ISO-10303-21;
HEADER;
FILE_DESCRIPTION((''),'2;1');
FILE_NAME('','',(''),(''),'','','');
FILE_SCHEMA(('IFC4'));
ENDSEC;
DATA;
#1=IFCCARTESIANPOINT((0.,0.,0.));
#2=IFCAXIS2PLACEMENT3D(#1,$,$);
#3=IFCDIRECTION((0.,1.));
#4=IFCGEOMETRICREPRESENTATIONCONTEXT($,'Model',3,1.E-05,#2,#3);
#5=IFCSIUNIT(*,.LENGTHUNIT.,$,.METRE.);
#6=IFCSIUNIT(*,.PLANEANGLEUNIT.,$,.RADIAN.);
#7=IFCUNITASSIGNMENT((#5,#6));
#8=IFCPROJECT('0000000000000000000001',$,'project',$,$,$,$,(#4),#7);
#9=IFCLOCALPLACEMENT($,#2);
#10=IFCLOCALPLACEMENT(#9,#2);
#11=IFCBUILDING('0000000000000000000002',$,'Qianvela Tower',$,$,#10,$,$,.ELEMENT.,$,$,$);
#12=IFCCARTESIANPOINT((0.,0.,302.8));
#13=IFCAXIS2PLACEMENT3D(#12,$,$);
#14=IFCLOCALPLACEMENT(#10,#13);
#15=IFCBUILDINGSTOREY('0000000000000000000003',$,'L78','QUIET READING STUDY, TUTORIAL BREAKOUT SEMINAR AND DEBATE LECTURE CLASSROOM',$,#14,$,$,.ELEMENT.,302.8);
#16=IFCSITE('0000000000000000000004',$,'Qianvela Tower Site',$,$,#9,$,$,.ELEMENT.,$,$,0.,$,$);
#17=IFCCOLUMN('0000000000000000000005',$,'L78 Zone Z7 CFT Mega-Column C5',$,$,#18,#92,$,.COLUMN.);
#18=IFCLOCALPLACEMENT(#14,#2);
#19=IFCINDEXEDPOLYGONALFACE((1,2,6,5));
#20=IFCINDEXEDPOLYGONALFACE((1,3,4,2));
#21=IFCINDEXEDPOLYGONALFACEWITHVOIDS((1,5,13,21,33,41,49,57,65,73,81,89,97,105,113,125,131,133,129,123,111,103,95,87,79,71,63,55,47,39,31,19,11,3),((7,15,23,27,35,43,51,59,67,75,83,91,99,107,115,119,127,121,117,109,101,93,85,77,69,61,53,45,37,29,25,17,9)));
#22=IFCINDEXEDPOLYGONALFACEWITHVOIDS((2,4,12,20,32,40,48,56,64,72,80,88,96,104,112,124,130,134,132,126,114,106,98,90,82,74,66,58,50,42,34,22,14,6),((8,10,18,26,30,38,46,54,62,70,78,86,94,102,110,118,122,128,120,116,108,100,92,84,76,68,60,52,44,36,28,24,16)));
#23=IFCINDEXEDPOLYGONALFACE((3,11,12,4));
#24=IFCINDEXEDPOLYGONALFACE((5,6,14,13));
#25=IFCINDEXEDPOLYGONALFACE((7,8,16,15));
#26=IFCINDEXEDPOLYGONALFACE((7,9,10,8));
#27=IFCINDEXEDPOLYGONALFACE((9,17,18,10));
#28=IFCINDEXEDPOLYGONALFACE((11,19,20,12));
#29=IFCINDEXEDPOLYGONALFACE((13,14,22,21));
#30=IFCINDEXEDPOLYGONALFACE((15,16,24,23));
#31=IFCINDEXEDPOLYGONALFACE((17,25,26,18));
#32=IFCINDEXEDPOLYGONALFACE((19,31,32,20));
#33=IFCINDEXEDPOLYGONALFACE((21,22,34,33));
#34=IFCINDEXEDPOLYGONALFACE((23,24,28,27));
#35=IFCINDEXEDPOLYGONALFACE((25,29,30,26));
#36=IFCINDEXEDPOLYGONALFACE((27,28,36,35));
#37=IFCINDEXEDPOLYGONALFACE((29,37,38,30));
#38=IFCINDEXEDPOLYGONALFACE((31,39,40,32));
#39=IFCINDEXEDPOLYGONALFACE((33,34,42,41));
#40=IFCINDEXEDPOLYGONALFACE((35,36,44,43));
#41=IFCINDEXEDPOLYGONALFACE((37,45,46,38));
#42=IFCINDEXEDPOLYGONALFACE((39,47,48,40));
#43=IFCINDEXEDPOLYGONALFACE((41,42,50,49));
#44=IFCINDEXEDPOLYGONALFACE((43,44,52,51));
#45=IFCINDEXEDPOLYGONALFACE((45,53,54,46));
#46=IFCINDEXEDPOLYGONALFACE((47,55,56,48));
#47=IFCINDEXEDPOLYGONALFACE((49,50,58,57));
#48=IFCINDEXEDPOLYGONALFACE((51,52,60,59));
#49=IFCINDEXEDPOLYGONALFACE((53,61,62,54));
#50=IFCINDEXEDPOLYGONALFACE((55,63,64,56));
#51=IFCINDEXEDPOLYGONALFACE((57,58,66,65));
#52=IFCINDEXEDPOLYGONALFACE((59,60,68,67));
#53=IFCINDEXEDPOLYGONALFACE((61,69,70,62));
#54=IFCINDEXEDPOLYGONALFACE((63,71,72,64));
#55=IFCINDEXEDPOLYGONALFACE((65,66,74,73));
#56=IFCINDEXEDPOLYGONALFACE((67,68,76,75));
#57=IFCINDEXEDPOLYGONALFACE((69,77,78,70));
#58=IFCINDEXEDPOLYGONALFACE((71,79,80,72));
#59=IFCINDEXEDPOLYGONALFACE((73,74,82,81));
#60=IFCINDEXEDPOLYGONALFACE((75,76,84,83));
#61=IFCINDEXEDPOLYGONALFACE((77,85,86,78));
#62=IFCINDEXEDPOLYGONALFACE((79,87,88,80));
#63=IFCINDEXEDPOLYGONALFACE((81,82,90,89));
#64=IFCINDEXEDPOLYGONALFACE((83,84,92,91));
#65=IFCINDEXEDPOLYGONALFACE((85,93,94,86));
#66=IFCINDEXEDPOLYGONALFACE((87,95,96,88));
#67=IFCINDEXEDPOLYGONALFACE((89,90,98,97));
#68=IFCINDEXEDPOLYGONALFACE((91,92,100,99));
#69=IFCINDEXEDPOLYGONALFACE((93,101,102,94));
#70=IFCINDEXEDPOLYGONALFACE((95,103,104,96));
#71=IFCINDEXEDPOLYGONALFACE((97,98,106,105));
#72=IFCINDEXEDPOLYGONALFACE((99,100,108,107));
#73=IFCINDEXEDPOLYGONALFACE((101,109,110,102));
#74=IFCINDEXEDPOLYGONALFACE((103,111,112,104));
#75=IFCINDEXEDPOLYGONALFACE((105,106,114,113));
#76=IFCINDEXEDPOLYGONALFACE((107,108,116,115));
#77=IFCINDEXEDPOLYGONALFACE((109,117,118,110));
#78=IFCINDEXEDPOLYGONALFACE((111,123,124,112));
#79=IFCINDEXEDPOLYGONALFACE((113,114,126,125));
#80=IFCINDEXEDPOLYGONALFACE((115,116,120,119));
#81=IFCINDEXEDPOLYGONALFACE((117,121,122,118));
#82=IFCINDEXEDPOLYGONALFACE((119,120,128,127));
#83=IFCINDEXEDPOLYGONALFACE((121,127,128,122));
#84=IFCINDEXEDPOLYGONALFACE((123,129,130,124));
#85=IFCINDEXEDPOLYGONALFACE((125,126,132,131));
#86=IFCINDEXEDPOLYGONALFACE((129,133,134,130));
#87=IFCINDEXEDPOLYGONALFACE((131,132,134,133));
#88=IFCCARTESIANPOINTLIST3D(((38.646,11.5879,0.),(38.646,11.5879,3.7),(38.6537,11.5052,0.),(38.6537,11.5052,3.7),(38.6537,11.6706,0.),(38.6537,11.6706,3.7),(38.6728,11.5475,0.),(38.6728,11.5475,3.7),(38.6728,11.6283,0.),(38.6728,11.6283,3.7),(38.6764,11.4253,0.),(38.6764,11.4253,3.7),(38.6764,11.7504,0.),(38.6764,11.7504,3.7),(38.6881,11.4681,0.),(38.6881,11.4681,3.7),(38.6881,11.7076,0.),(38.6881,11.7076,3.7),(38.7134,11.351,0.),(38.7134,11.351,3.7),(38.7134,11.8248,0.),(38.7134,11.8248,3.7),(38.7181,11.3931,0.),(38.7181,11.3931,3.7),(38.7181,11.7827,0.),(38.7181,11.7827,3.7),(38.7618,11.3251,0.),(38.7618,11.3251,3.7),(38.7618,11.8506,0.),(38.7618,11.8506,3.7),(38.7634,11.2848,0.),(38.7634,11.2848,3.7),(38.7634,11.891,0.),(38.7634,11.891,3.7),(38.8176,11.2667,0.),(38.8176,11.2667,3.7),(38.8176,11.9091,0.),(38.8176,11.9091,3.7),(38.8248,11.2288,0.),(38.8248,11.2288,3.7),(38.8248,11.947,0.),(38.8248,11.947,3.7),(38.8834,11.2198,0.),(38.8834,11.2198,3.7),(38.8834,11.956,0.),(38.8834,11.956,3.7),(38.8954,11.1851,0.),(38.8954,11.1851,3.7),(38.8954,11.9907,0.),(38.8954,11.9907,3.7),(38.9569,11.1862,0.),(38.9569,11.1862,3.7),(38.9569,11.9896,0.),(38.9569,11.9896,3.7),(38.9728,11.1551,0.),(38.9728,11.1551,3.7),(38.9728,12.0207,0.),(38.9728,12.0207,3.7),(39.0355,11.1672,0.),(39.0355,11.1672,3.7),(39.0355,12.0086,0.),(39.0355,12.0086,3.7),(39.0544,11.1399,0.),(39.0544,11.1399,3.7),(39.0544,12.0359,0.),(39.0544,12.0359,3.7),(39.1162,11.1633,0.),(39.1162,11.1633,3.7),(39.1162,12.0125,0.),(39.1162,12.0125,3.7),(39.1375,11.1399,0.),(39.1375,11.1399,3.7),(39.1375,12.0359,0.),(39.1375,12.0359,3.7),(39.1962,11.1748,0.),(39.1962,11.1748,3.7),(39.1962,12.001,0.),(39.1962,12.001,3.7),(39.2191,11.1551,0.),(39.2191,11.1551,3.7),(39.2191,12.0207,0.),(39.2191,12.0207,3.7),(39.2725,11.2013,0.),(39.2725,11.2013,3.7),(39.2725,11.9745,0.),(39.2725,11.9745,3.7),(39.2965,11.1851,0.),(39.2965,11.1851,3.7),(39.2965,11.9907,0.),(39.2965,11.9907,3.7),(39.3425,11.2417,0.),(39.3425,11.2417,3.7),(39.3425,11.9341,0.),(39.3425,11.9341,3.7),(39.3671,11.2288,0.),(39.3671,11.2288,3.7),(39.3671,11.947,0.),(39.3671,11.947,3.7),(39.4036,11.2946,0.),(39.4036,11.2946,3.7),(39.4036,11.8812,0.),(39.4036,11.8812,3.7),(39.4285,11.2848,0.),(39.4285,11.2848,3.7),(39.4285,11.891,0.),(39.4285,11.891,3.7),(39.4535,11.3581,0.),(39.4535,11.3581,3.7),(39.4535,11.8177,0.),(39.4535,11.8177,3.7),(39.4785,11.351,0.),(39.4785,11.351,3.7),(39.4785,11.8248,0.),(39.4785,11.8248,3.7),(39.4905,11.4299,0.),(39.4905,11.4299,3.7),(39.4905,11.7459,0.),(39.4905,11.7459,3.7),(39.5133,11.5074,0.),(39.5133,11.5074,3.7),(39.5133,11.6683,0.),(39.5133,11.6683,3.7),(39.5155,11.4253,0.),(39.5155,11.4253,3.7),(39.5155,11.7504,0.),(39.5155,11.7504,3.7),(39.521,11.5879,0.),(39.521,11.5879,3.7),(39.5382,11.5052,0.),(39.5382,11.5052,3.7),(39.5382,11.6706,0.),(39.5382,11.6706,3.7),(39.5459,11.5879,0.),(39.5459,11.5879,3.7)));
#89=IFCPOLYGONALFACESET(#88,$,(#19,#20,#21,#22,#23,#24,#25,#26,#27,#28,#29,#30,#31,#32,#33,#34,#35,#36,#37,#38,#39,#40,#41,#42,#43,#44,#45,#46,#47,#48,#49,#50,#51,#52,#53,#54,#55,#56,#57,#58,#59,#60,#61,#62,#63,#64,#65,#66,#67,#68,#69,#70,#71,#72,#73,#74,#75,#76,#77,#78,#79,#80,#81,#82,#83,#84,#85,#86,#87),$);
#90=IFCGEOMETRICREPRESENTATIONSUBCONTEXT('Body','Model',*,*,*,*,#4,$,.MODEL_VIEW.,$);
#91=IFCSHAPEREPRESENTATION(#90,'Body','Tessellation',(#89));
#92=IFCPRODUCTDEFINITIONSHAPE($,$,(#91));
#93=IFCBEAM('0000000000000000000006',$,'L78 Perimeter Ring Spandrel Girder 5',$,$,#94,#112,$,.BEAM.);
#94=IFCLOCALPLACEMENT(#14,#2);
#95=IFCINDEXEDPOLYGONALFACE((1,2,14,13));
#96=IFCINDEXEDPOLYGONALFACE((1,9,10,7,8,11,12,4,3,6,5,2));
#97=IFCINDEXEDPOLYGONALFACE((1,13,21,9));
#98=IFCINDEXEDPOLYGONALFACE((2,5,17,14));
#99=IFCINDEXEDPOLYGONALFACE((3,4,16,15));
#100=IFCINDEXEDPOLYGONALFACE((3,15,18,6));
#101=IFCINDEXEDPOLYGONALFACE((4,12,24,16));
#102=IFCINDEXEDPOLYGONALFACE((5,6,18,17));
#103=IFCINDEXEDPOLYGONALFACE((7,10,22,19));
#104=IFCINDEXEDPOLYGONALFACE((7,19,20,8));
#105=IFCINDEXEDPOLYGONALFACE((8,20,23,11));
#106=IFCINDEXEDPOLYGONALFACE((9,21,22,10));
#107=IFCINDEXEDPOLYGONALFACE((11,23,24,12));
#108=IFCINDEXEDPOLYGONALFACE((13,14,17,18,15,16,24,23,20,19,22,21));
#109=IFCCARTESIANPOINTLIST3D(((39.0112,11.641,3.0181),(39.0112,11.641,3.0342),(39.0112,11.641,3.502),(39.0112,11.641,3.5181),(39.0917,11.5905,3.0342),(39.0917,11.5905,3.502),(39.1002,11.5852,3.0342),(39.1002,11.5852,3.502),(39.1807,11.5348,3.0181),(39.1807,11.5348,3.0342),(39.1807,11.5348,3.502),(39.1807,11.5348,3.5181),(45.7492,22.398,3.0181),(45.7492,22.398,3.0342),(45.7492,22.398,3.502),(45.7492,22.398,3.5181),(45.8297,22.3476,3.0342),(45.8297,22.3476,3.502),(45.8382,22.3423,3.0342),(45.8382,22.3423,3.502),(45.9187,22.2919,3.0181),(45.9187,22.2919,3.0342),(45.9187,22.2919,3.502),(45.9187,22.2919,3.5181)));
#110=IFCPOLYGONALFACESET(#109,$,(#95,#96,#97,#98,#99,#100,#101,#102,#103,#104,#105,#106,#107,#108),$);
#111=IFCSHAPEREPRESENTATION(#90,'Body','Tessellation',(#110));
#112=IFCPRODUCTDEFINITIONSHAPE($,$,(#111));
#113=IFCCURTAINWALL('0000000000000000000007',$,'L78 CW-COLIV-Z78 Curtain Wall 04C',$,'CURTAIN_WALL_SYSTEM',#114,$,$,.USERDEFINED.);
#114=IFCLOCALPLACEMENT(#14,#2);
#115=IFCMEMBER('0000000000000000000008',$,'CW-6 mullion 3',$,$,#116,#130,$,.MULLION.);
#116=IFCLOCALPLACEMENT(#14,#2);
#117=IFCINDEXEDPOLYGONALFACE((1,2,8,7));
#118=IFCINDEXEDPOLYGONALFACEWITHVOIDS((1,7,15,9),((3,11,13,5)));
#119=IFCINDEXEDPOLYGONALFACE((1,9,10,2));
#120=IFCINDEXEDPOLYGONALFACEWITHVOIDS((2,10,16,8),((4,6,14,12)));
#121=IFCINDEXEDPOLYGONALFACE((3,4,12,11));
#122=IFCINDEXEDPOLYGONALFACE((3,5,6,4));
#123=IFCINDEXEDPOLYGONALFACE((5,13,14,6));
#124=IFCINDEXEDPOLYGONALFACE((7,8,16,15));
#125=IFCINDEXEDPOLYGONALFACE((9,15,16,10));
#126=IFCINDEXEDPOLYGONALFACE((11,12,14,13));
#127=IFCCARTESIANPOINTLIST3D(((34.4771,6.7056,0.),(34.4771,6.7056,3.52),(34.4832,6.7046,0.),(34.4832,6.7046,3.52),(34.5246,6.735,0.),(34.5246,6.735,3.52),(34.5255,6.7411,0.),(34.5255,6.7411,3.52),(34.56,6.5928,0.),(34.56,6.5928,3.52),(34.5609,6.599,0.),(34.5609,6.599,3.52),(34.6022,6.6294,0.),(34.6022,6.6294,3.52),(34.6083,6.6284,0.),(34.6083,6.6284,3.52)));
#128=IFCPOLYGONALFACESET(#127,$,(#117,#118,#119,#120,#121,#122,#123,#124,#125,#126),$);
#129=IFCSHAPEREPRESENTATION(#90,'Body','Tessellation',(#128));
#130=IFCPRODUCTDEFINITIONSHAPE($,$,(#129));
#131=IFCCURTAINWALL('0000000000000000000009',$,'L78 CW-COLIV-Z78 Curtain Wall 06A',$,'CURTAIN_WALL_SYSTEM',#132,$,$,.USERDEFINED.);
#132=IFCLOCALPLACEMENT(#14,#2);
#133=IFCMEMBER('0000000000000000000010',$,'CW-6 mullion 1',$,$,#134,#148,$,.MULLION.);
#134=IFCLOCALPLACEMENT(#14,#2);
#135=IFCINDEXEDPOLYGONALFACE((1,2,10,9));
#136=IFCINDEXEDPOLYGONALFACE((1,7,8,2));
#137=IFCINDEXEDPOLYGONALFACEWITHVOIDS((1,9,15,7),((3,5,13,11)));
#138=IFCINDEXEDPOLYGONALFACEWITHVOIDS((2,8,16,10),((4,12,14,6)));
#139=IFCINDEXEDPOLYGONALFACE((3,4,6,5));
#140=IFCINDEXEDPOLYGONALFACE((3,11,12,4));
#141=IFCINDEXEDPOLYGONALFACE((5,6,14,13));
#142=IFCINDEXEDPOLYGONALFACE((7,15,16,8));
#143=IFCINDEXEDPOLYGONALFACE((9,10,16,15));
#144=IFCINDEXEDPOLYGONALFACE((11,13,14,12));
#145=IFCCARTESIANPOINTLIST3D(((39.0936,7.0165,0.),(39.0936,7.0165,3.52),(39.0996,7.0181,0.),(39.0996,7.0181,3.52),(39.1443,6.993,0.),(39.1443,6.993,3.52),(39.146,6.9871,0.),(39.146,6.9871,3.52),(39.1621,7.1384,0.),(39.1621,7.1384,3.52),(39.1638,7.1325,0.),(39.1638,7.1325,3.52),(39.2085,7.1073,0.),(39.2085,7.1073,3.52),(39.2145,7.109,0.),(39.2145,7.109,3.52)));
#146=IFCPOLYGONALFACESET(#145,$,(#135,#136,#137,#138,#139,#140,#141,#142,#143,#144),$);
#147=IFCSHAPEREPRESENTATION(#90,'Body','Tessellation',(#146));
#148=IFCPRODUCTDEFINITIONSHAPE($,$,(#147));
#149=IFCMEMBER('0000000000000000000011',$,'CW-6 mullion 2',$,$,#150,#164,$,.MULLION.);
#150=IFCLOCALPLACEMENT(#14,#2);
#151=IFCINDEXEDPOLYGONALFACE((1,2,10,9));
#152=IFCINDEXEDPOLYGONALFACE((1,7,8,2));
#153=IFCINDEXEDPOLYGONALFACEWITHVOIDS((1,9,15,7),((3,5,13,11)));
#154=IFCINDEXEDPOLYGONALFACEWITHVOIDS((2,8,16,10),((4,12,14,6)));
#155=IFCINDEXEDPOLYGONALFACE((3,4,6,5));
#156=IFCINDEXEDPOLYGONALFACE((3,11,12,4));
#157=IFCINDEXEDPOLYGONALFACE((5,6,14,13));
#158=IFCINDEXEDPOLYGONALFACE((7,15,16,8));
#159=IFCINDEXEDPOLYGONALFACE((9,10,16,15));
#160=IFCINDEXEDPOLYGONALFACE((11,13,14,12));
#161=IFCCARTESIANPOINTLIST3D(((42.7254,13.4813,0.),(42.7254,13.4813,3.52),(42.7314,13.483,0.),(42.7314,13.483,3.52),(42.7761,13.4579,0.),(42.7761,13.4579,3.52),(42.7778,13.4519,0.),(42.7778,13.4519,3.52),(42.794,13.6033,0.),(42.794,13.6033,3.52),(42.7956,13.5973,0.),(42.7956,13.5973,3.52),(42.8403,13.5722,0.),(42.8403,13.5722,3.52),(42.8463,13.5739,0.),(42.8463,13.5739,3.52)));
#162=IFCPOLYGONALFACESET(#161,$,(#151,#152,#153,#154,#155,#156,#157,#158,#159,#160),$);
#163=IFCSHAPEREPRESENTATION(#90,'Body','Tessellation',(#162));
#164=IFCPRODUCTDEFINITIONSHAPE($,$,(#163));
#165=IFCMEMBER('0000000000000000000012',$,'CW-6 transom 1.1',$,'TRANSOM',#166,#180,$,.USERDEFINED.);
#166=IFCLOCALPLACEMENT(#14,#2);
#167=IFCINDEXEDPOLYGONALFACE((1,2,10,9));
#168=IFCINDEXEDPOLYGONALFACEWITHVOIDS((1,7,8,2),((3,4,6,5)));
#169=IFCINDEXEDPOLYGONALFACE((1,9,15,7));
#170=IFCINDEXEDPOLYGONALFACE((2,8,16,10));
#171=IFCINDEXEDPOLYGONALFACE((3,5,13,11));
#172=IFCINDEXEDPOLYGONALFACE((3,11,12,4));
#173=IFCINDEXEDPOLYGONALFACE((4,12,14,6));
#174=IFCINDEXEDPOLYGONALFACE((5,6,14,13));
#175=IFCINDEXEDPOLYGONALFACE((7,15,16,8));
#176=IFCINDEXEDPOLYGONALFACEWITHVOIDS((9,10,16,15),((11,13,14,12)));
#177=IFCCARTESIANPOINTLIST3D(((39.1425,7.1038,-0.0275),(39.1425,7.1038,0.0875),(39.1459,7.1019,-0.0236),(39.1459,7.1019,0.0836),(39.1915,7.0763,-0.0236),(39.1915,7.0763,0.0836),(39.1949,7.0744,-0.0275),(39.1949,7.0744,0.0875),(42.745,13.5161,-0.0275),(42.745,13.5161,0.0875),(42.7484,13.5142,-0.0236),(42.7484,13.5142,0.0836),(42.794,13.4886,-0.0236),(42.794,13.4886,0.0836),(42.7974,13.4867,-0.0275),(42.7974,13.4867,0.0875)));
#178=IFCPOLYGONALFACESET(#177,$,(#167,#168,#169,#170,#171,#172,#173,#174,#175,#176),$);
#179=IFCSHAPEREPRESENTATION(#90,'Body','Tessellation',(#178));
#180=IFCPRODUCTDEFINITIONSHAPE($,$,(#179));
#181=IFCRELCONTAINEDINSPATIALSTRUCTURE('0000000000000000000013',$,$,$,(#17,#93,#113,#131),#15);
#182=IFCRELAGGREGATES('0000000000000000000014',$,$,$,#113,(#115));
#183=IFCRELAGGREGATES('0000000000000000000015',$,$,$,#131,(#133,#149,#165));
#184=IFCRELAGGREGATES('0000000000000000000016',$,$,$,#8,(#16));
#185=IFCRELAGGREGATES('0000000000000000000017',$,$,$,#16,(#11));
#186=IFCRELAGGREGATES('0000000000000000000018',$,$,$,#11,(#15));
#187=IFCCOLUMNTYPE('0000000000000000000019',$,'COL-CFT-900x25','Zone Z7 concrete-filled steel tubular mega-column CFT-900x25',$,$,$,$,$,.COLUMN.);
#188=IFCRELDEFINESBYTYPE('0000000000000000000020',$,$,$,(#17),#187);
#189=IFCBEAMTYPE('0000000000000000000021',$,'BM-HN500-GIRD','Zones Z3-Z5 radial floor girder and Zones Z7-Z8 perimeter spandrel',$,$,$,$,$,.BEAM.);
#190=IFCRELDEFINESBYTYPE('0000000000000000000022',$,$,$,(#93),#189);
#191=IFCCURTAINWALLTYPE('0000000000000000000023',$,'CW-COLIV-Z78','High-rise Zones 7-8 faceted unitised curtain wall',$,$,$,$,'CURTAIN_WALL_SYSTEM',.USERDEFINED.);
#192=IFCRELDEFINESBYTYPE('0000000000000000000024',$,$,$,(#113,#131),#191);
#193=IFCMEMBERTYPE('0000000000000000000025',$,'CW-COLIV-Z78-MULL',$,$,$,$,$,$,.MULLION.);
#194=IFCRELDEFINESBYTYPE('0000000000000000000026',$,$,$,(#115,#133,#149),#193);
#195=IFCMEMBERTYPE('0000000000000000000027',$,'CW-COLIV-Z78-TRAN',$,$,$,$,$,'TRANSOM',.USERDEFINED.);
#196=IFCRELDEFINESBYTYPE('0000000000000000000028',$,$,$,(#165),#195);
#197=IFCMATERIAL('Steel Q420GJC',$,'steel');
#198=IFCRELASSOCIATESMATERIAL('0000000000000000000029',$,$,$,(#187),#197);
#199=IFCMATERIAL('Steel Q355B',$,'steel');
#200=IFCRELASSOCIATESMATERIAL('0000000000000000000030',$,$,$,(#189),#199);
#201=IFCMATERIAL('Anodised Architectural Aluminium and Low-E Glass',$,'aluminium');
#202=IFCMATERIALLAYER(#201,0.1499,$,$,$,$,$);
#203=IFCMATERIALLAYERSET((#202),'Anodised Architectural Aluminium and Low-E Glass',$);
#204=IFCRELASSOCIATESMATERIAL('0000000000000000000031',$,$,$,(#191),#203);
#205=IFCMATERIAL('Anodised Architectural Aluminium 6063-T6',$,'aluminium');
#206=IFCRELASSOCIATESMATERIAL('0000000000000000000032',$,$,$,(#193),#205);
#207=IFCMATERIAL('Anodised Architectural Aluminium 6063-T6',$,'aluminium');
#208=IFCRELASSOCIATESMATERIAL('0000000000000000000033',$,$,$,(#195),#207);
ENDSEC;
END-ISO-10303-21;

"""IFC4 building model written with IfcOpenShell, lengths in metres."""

from ifc_helpers import new_model, si_unit, direction, frame, origin, origin_2d, place, context, subcontext, project, spatial, hollow_rectangle, hollow_circle, i_section, extrude, material, layer, layer_set, material_profile, profile_set, type_object, element, aggregate, save


model = new_model("IFC4")

# Units and contexts
model_context = context("Model", 3, precision=1e-05, world=origin(), true_north=direction((0.0, 1.0)))
body_context = subcontext(model_context, "Body", "Model", "MODEL_VIEW")
ifc_project = project(units=[si_unit("LENGTHUNIT", "METRE"), si_unit("PLANEANGLEUNIT", "RADIAN")], contexts=[model_context])

# Site, building, storey
site_placement = place(None, origin())
site = spatial("IfcSite", under=ifc_project, at=site_placement, Name="Qianvela Tower Site", CompositionType="ELEMENT", RefElevation=0.0)
building_placement = place(site_placement, origin())
building = spatial("IfcBuilding", under=site, at=building_placement, Name="Qianvela Tower", CompositionType="ELEMENT")
storey_placement = place(building_placement, frame((0.0, 0.0, 302.8)))
storey = spatial("IfcBuildingStorey", under=building, at=storey_placement, Name="L78", Description="QUIET READING STUDY, TUTORIAL BREAKOUT SEMINAR AND DEBATE LECTURE CLASSROOM", CompositionType="ELEMENT", Elevation=302.8)

# Column
ifc_material_1 = material(Name="Steel Q420GJC", Category="steel")
ifc_material_profile_1 = material_profile(ifc_material_1, hollow_circle(Radius=0.45, WallThickness=0.0249, at=origin_2d()), Name="CFT-900x25")
ifc_profile_set_1 = profile_set([ifc_material_profile_1], Name="Steel Q420GJC")
column_type = type_object("IfcColumnType", Name="COL-CFT-900x25", Description="Zone Z7 concrete-filled steel tubular mega-column CFT-900x25", PredefinedType="COLUMN", material=ifc_profile_set_1)
column_placement = place(storey_placement, frame((39.0959, 11.5879, 0.0), z_axis=(0.0, 0.0, 1.0), x_axis=(1.0, 0.0, 0.0)))
element("IfcColumn", 1, at=column_placement, inside=storey, type_object=column_type, Name="L78 Zone Z7 CFT Mega-Column C5", PredefinedType="COLUMN", context=body_context, shape_type="SweptSolid", body=[
    extrude(hollow_circle(Radius=0.45, WallThickness=0.0249, at=origin_2d()), origin(), (0.0, 0.0, 1.0), 3.7),
])

# Beam
ifc_material_2 = material(Name="Steel Q355B", Category="steel")
ifc_material_profile_2 = material_profile(ifc_material_2, i_section(OverallWidth=0.2, OverallDepth=0.5, WebThickness=0.01, FlangeThickness=0.0161, at=origin_2d()), Name="HN500x200x10x16")
ifc_profile_set_2 = profile_set([ifc_material_profile_2], Name="Steel Q355B")
beam_type = type_object("IfcBeamType", Name="BM-HN500-GIRD", Description="Zones Z3-Z5 radial floor girder and Zones Z7-Z8 perimeter spandrel", PredefinedType="BEAM", material=ifc_profile_set_2)
beam_placement = place(storey_placement, frame((39.0959, 11.5879, 3.2681), z_axis=(0.530841, 0.847472, 0.0), x_axis=(-0.847472, 0.530841, 0.0)))
element("IfcBeam", 2, at=beam_placement, inside=storey, type_object=beam_type, Name="L78 Perimeter Ring Spandrel Girder 5", PredefinedType="BEAM", context=body_context, shape_type="SweptSolid", body=[
    extrude(i_section(OverallWidth=0.2, OverallDepth=0.5, WebThickness=0.01, FlangeThickness=0.0161, at=origin_2d()), origin(), (0.0, 0.0, 1.0), 12.6931),
])

# Curtain wall, member
ifc_material_3 = material(Name="Anodised Architectural Aluminium and Low-E Glass", Category="aluminium")
ifc_layer_1 = layer(ifc_material_3, 0.1499)
ifc_layer_set_1 = layer_set([ifc_layer_1], Name="Anodised Architectural Aluminium and Low-E Glass")
curtain_wall_type = type_object("IfcCurtainWallType", Name="CW-COLIV-Z78", Description="High-rise Zones 7-8 faceted unitised curtain wall", ElementType="CURTAIN_WALL_SYSTEM", PredefinedType="USERDEFINED", material=ifc_layer_set_1)
curtain_wall_1_placement = place(storey_placement, origin())
curtain_wall_1 = element("IfcCurtainWall", 3, at=curtain_wall_1_placement, inside=storey, type_object=curtain_wall_type, Name="L78 CW-COLIV-Z78 Curtain Wall 04C", ObjectType="CURTAIN_WALL_SYSTEM", PredefinedType="USERDEFINED")
ifc_material_4 = material(Name="Anodised Architectural Aluminium 6063-T6", Category="aluminium")
ifc_material_profile_3 = material_profile(ifc_material_4, hollow_rectangle(XDim=0.0601, YDim=0.1399, WallThickness=0.0044, at=origin_2d()), Name="ALU-MULL-60x140")
ifc_profile_set_3 = profile_set([ifc_material_profile_3], Name="Anodised Architectural Aluminium 6063-T6")
member_type_1 = type_object("IfcMemberType", Name="CW-COLIV-Z78-MULL", PredefinedType="MULLION", material=ifc_profile_set_3)
member_1_placement = place(storey_placement, frame((34.5427, 6.667, 0.0), z_axis=(0.0, 0.0, 1.0), x_axis=(0.805722, 0.592294, 0.0)))
member_1 = element("IfcMember", 4, at=member_1_placement, type_object=member_type_1, Name="CW-6 mullion 3", PredefinedType="MULLION", context=body_context, shape_type="SweptSolid", body=[
    extrude(hollow_rectangle(XDim=0.0601, YDim=0.1399, WallThickness=0.0044, at=origin_2d()), origin(), (0.0, 0.0, 1.0), 3.52),
])
aggregate(curtain_wall_1, [member_1])

# Curtain wall, members
curtain_wall_2_placement = place(storey_placement, origin())
curtain_wall_2 = element("IfcCurtainWall", 5, at=curtain_wall_2_placement, inside=storey, type_object=curtain_wall_type, Name="L78 CW-COLIV-Z78 Curtain Wall 06A", ObjectType="CURTAIN_WALL_SYSTEM", PredefinedType="USERDEFINED")
member_2_placement = place(storey_placement, frame((39.1541, 7.0627, 0.0), z_axis=(0.0, 0.0, 1.0), x_axis=(-0.87184, 0.489791, 0.0)))
member_2 = element("IfcMember", 6, at=member_2_placement, type_object=member_type_1, Name="CW-6 mullion 1", PredefinedType="MULLION", context=body_context, shape_type="SweptSolid", body=[
    extrude(hollow_rectangle(XDim=0.0601, YDim=0.1399, WallThickness=0.0044, at=origin_2d()), origin(), (0.0, 0.0, 1.0), 3.52),
])
member_3_placement = place(storey_placement, frame((42.7859, 13.5276, 0.0), z_axis=(0.0, 0.0, 1.0), x_axis=(-0.87184, 0.489791, 0.0)))
member_3 = element("IfcMember", 7, at=member_3_placement, type_object=member_type_1, Name="CW-6 mullion 2", PredefinedType="MULLION", context=body_context, shape_type="SweptSolid", body=[
    extrude(hollow_rectangle(XDim=0.0601, YDim=0.1399, WallThickness=0.0044, at=origin_2d()), origin(), (0.0, 0.0, 1.0), 3.52),
])
ifc_material_5 = material(Name="Anodised Architectural Aluminium 6063-T6", Category="aluminium")
ifc_material_profile_4 = material_profile(ifc_material_5, hollow_rectangle(XDim=0.0601, YDim=0.115, WallThickness=0.0039, at=origin_2d()), Name="ALU-TRAN-60x115")
ifc_profile_set_4 = profile_set([ifc_material_profile_4], Name="Anodised Architectural Aluminium 6063-T6")
member_type_2 = type_object("IfcMemberType", Name="CW-COLIV-Z78-TRAN", ElementType="TRANSOM", PredefinedType="USERDEFINED", material=ifc_profile_set_4)
member_4_placement = place(storey_placement, frame((39.1687, 7.0891, 0.03), z_axis=(0.489806, 0.871832, 0.0), x_axis=(-0.871832, 0.489806, 0.0)))
member_4 = element("IfcMember", 8, at=member_4_placement, type_object=member_type_2, Name="CW-6 transom 1.1", ObjectType="TRANSOM", PredefinedType="USERDEFINED", context=body_context, shape_type="SweptSolid", body=[
    extrude(hollow_rectangle(XDim=0.0601, YDim=0.115, WallThickness=0.0039, at=origin_2d()), origin(), (0.0, 0.0, 1.0), 7.355),
])
aggregate(curtain_wall_2, [member_2, member_3, member_4])

save(model, "model.ifc")
